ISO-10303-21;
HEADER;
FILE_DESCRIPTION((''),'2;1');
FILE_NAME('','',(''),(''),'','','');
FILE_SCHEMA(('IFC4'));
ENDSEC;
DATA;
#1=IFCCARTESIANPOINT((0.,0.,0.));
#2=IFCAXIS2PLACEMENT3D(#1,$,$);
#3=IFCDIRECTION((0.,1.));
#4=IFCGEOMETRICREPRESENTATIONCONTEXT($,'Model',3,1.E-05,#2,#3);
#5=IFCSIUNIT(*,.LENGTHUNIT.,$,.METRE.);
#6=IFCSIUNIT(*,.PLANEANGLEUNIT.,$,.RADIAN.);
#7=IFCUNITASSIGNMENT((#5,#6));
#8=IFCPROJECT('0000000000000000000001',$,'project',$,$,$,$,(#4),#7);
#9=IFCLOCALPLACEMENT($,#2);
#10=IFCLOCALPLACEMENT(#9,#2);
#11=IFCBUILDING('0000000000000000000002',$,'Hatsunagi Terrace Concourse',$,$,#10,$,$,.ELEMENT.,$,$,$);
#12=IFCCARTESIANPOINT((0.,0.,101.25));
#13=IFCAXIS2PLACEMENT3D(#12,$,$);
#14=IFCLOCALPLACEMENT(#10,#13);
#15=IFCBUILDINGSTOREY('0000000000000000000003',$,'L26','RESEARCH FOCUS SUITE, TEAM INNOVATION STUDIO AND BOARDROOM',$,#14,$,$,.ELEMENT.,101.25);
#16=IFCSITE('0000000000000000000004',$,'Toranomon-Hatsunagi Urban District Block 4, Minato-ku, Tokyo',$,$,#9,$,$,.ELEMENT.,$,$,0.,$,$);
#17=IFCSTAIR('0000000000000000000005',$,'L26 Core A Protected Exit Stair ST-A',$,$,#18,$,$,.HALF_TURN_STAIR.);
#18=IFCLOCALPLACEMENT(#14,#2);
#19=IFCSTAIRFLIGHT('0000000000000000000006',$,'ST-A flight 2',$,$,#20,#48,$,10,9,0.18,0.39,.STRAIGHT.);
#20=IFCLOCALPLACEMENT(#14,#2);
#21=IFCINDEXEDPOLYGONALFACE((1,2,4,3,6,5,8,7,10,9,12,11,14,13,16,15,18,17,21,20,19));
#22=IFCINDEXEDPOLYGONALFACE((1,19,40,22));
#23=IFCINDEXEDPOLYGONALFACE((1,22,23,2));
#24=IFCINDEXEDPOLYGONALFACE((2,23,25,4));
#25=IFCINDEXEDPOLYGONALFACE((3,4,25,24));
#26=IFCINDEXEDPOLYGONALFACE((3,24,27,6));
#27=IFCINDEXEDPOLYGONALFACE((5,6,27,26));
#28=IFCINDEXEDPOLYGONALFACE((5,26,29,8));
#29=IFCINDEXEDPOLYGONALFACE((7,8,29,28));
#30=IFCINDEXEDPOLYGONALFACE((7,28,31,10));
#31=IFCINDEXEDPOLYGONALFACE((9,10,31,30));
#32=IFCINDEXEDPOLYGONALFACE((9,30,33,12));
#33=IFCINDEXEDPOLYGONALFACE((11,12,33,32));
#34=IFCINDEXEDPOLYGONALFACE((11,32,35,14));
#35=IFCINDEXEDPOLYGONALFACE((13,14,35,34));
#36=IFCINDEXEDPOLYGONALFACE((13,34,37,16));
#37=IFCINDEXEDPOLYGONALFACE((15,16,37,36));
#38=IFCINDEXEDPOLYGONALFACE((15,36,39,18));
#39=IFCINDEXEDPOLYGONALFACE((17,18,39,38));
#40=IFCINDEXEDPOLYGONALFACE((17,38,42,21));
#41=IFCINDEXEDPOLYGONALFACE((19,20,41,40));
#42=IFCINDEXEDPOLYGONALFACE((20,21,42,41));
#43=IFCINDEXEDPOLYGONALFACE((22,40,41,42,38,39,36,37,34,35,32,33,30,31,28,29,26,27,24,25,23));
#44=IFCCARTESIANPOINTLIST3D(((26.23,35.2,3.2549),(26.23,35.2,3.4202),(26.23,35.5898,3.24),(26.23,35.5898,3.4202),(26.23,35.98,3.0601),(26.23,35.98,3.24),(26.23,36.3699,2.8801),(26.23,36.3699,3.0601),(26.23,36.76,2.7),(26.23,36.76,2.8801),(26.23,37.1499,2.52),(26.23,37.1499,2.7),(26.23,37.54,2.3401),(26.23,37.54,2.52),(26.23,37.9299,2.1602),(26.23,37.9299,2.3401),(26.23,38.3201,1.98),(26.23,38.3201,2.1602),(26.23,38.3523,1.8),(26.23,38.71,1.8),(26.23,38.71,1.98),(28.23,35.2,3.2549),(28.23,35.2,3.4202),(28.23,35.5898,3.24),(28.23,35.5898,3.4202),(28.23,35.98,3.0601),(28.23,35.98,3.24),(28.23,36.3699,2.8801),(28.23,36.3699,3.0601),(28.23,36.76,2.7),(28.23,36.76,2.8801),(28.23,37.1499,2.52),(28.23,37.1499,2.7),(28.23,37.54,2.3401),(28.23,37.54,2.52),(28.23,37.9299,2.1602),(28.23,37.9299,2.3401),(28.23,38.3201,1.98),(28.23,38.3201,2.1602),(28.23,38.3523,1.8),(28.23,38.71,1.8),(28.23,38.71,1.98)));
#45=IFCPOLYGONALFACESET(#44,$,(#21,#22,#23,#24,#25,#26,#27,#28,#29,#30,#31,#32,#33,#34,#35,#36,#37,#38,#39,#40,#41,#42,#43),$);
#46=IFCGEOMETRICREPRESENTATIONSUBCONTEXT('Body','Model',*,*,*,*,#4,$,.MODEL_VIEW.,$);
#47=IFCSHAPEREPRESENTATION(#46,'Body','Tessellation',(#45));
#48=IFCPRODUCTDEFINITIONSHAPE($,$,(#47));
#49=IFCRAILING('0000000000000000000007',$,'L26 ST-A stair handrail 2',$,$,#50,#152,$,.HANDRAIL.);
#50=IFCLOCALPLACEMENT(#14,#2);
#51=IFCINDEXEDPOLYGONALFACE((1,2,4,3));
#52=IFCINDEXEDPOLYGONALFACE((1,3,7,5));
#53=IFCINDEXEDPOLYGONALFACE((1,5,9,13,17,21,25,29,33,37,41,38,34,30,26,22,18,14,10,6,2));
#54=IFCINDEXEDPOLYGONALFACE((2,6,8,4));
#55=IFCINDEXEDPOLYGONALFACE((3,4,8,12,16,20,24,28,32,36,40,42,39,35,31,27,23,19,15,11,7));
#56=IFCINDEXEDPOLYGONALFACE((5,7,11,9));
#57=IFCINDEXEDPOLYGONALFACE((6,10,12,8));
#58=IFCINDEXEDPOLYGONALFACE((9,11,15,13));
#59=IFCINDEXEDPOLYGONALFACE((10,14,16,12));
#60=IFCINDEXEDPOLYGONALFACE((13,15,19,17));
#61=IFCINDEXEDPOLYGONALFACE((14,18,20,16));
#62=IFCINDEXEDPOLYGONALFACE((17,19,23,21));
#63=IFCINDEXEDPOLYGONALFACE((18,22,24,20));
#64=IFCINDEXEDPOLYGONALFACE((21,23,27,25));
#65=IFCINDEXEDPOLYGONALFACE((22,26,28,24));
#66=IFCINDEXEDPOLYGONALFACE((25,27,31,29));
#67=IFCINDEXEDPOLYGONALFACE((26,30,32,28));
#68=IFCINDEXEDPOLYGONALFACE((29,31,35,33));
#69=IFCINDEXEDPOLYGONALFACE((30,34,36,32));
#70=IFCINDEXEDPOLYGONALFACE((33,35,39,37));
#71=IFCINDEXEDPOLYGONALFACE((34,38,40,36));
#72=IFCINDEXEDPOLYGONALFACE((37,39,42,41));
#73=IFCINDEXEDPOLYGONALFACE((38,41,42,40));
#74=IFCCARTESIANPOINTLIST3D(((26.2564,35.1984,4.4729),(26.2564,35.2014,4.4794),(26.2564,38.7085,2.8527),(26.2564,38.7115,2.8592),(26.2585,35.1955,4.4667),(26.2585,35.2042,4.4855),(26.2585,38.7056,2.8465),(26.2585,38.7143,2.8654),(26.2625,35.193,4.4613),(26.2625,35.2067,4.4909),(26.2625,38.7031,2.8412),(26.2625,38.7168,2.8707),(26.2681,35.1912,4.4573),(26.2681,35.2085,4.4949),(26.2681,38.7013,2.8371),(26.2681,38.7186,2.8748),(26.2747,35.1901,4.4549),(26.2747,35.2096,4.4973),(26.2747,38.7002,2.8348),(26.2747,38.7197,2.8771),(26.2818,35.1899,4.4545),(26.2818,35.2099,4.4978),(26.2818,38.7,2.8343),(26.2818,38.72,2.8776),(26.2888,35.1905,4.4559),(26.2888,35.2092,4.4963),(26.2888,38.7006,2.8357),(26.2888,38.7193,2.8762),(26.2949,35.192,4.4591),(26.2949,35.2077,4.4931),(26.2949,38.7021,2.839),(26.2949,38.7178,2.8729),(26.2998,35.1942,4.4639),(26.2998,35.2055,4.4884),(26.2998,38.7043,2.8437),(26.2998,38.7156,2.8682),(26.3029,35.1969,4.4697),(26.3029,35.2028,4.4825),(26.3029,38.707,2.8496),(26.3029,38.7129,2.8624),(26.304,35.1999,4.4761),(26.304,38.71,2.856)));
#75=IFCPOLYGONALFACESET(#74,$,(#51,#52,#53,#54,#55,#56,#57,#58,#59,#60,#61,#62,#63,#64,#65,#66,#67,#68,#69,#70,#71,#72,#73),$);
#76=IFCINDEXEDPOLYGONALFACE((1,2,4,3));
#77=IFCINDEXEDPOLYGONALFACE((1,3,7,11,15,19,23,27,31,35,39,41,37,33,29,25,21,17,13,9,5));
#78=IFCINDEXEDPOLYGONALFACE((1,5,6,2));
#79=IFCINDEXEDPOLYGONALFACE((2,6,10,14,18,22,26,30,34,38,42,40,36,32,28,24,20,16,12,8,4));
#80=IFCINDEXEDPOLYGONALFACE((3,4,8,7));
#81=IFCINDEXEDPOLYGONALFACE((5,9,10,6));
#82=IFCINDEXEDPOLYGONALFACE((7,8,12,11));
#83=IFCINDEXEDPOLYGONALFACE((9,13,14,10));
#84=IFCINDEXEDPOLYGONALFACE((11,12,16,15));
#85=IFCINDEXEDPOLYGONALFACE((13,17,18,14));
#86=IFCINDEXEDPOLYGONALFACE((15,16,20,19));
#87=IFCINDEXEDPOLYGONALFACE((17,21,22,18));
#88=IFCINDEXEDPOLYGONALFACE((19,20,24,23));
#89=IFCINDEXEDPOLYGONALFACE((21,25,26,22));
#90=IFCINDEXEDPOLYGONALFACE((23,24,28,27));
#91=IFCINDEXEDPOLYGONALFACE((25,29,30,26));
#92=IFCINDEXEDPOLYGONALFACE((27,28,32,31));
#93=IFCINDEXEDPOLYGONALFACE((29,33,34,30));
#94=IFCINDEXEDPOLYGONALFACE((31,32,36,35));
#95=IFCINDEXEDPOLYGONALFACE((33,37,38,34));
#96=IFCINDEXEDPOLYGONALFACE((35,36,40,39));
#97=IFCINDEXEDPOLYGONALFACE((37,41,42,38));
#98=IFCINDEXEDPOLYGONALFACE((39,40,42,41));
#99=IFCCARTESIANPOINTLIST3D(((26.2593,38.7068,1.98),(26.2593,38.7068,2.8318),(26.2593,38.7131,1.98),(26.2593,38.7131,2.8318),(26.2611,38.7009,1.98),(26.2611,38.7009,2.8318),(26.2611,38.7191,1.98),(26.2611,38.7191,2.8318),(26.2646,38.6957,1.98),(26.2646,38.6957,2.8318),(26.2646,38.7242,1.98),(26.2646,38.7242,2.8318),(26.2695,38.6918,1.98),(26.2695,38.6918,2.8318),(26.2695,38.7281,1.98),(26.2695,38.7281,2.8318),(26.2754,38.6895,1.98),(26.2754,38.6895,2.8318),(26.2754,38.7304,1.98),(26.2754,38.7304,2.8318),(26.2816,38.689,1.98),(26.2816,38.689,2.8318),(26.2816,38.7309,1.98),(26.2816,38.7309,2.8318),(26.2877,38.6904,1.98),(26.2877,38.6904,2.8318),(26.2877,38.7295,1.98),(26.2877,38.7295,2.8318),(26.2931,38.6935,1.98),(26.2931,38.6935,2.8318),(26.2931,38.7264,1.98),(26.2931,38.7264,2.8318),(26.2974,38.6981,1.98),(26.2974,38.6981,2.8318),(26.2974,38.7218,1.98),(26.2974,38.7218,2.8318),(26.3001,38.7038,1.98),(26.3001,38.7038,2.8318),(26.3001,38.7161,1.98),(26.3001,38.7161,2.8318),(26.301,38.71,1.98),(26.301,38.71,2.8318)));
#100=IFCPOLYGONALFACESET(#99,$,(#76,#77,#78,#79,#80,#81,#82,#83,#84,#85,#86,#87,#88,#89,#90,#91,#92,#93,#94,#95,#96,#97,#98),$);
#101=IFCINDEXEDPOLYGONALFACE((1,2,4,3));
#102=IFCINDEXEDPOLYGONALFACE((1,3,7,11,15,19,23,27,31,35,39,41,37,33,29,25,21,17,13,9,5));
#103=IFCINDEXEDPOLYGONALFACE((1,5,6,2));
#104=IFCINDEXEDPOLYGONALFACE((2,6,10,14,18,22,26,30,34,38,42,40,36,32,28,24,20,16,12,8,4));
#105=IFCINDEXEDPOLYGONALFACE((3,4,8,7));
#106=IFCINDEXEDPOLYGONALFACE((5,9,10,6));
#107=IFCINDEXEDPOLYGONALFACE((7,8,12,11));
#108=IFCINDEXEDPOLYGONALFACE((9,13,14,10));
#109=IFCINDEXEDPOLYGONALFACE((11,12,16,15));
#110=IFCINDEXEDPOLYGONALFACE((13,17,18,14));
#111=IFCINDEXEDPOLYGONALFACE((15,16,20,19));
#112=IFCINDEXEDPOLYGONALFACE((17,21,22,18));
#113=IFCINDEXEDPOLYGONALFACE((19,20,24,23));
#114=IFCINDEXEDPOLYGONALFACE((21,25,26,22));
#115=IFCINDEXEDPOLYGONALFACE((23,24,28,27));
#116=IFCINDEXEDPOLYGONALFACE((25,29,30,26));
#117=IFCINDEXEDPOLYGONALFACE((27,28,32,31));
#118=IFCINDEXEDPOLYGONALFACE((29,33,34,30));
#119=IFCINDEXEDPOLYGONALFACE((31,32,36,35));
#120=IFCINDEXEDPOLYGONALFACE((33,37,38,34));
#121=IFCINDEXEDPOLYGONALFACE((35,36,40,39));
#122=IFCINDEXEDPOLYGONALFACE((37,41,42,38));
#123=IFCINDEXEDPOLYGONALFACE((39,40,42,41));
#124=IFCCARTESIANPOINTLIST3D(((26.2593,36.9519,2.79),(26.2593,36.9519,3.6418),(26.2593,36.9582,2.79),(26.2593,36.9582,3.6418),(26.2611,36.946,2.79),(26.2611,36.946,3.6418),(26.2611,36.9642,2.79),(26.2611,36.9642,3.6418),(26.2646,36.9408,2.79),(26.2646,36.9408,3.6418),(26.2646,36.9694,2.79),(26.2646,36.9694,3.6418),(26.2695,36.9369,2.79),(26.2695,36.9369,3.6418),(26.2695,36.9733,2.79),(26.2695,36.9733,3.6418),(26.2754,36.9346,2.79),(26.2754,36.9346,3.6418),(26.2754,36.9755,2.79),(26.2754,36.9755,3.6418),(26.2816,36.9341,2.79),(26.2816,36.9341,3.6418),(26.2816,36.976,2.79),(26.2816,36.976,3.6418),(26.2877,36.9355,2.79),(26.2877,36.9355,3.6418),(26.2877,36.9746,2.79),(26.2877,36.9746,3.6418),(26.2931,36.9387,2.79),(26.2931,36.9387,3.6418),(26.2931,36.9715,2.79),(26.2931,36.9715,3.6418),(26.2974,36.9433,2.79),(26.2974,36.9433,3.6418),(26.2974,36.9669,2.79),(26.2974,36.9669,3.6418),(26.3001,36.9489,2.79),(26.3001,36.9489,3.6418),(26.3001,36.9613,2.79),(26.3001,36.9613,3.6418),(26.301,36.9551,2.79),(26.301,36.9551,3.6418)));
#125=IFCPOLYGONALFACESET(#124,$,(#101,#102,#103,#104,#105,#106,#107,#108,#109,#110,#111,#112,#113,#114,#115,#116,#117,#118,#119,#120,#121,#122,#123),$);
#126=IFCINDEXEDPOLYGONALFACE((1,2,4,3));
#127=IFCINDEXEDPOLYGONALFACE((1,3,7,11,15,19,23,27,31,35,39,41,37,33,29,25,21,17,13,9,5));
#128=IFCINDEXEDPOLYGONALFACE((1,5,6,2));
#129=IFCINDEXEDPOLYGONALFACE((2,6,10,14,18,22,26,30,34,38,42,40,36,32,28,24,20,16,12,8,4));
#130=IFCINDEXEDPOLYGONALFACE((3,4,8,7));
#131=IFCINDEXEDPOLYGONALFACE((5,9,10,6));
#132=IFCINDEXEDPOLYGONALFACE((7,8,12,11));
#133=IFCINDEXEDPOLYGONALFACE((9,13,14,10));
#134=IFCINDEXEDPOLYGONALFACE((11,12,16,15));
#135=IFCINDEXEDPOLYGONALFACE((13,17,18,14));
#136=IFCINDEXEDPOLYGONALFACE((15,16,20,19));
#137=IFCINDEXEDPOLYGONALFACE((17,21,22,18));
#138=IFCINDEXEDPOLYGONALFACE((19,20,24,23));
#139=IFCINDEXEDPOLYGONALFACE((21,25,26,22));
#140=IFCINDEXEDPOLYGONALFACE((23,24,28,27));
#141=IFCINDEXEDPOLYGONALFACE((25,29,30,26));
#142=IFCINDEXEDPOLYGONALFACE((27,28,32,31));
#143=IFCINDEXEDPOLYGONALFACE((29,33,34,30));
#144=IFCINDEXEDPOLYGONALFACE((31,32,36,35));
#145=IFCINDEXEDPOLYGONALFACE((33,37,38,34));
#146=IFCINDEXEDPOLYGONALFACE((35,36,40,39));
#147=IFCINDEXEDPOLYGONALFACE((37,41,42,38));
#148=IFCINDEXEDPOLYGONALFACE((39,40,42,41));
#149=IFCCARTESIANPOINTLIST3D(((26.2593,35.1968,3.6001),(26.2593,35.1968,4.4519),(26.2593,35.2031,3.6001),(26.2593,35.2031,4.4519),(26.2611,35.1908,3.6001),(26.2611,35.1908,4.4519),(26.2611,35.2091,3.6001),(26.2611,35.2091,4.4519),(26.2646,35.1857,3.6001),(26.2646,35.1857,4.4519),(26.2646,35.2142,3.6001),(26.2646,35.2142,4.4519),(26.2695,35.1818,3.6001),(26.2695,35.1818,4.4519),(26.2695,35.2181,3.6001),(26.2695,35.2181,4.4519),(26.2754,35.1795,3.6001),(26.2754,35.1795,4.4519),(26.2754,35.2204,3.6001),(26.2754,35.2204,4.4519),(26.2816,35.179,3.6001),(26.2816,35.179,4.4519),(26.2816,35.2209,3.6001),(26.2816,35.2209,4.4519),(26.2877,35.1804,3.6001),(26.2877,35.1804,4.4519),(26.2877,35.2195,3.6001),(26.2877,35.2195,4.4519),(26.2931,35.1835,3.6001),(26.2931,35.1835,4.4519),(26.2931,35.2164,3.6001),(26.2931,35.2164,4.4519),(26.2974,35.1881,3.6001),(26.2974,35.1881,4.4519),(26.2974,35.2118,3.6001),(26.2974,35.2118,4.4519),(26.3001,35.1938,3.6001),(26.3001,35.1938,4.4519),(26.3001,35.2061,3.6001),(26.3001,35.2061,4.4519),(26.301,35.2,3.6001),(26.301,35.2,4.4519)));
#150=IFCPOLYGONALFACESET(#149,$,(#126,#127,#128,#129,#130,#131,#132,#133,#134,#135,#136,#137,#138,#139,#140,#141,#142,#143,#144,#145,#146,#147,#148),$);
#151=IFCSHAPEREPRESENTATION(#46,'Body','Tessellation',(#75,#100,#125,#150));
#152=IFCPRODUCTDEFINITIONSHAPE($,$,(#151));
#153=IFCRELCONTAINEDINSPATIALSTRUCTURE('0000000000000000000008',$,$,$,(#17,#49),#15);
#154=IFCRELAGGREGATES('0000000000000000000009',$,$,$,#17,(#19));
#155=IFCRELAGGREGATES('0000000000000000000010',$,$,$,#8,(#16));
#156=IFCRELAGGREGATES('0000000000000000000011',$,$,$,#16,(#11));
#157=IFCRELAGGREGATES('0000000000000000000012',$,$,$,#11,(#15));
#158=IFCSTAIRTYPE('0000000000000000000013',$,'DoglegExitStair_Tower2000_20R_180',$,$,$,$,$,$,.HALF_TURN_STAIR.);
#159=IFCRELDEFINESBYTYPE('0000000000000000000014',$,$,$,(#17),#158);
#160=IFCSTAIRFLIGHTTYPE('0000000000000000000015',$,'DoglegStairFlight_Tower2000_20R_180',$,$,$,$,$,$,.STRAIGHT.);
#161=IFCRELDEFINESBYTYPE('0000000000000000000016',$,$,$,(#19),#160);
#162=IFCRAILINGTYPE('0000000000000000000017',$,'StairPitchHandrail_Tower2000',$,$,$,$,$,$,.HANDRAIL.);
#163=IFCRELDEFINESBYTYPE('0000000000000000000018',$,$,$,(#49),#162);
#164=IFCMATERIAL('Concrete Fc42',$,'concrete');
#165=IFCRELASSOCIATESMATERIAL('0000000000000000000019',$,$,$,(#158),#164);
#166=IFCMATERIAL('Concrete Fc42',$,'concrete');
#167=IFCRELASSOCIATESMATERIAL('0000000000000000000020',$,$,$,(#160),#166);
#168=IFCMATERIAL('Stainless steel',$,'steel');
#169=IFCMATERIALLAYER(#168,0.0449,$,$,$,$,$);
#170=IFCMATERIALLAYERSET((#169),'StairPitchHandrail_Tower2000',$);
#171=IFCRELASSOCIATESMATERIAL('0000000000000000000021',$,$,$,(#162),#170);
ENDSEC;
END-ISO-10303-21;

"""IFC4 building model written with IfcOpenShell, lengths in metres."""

from ifc_helpers import new_model, si_unit, direction, frame, origin, origin_2d, place, context, subcontext, project, spatial, polyline, circle, outline, extrude, material, layer, layer_set, type_object, element, aggregate, save


model = new_model("IFC4")

# Units and contexts
model_context = context("Model", 3, precision=1e-05, world=origin(), true_north=direction((0.0, 1.0)))
body_context = subcontext(model_context, "Body", "Model", "MODEL_VIEW")
ifc_project = project(units=[si_unit("LENGTHUNIT", "METRE"), si_unit("PLANEANGLEUNIT", "RADIAN")], contexts=[model_context])

# Site, building, storey
site_placement = place(None, origin())
site = spatial("IfcSite", under=ifc_project, at=site_placement, Name="Toranomon-Hatsunagi Urban District Block 4, Minato-ku, Tokyo", CompositionType="ELEMENT", RefElevation=0.0)
building_placement = place(site_placement, origin())
building = spatial("IfcBuilding", under=site, at=building_placement, Name="Hatsunagi Terrace Concourse", CompositionType="ELEMENT")
storey_placement = place(building_placement, frame((0.0, 0.0, 101.25)))
storey = spatial("IfcBuildingStorey", under=building, at=storey_placement, Name="L26", Description="RESEARCH FOCUS SUITE, TEAM INNOVATION STUDIO AND BOARDROOM", CompositionType="ELEMENT", Elevation=101.25)

# Stair, stair flight
ifc_material_1 = material(Name="Concrete Fc42", Category="concrete")
stair_type = type_object("IfcStairType", Name="DoglegExitStair_Tower2000_20R_180", PredefinedType="HALF_TURN_STAIR", material=ifc_material_1)
stair_placement = place(storey_placement, origin())
stair = element("IfcStair", 1, at=stair_placement, inside=storey, type_object=stair_type, Name="L26 Core A Protected Exit Stair ST-A", PredefinedType="HALF_TURN_STAIR")
ifc_material_2 = material(Name="Concrete Fc42", Category="concrete")
stair_flight_type = type_object("IfcStairFlightType", Name="DoglegStairFlight_Tower2000_20R_180", PredefinedType="STRAIGHT", material=ifc_material_2)
stair_flight_1_placement = place(storey_placement, frame((27.23, 38.71, 1.8), z_axis=(0.0, 0.0, 1.0), x_axis=(0.0, -1.0, 0.0)))
stair_flight_1 = element("IfcStairFlight", 2, at=stair_flight_1_placement, type_object=stair_flight_type, Name="ST-A flight 2", NumberOfRisers=10, NumberOfTreads=9, PredefinedType="STRAIGHT", RiserHeight=0.18, TreadLength=0.39, context=body_context, shape_type="SweptSolid", body=[
    extrude(outline(polyline([(0.0, 0.0), (0.0, 0.1799), (0.3899, 0.1799), (0.3899, 0.3601), (0.78, 0.3601), (0.78, 0.54), (1.1699, 0.54), (1.1699, 0.72), (1.5601, 0.72), (1.5601, 0.8999), (1.95, 0.8999), (1.95, 1.0801), (2.3401, 1.0801), (2.3401, 1.26), (2.73, 1.26), (2.73, 1.4399), (3.1201, 1.4399), (3.1201, 1.6201), (3.51, 1.6201), (3.51, 1.8), (3.51, 1.4548), (0.3577, 0.0), (0.0, 0.0)])), frame((0.0, 1.0, 0.0), z_axis=(0.0, -1.0, 0.0), x_axis=(1.0, 0.0, 0.0)), (0.0, 0.0, 1.0), 2.0),
])
aggregate(stair, [stair_flight_1])

# Railing
ifc_material_3 = material(Name="Stainless steel", Category="steel")
ifc_layer_1 = layer(ifc_material_3, 0.0449)
ifc_layer_set_1 = layer_set([ifc_layer_1], Name="StairPitchHandrail_Tower2000")
railing_type_1 = type_object("IfcRailingType", Name="StairPitchHandrail_Tower2000", PredefinedType="HANDRAIL", material=ifc_layer_set_1)
railing_1_placement = place(storey_placement, frame((26.28, 38.71, 1.98)))
element("IfcRailing", 3, at=railing_1_placement, inside=storey, type_object=railing_type_1, Name="L26 ST-A stair handrail 2", PredefinedType="HANDRAIL", context=body_context, shape_type="SweptSolid", body=[
    extrude(circle(Radius=0.0239, at=origin_2d()), frame((0.0, 0.0, 0.876), z_axis=(0.0, -0.907948, 0.419082), x_axis=(1.0, 0.0, 0.0)), (0.0, 0.0, 1.0), 3.866),
    extrude(circle(Radius=0.021, at=origin_2d()), origin(), (0.0, 0.0, 1.0), 0.8518),
    extrude(circle(Radius=0.021, at=origin_2d()), frame((0.0, -1.7549, 0.8101)), (0.0, 0.0, 1.0), 0.8518),
    extrude(circle(Radius=0.021, at=origin_2d()), frame((0.0, -3.51, 1.6201)), (0.0, 0.0, 1.0), 0.8518),
])

save(model, "model.ifc")
